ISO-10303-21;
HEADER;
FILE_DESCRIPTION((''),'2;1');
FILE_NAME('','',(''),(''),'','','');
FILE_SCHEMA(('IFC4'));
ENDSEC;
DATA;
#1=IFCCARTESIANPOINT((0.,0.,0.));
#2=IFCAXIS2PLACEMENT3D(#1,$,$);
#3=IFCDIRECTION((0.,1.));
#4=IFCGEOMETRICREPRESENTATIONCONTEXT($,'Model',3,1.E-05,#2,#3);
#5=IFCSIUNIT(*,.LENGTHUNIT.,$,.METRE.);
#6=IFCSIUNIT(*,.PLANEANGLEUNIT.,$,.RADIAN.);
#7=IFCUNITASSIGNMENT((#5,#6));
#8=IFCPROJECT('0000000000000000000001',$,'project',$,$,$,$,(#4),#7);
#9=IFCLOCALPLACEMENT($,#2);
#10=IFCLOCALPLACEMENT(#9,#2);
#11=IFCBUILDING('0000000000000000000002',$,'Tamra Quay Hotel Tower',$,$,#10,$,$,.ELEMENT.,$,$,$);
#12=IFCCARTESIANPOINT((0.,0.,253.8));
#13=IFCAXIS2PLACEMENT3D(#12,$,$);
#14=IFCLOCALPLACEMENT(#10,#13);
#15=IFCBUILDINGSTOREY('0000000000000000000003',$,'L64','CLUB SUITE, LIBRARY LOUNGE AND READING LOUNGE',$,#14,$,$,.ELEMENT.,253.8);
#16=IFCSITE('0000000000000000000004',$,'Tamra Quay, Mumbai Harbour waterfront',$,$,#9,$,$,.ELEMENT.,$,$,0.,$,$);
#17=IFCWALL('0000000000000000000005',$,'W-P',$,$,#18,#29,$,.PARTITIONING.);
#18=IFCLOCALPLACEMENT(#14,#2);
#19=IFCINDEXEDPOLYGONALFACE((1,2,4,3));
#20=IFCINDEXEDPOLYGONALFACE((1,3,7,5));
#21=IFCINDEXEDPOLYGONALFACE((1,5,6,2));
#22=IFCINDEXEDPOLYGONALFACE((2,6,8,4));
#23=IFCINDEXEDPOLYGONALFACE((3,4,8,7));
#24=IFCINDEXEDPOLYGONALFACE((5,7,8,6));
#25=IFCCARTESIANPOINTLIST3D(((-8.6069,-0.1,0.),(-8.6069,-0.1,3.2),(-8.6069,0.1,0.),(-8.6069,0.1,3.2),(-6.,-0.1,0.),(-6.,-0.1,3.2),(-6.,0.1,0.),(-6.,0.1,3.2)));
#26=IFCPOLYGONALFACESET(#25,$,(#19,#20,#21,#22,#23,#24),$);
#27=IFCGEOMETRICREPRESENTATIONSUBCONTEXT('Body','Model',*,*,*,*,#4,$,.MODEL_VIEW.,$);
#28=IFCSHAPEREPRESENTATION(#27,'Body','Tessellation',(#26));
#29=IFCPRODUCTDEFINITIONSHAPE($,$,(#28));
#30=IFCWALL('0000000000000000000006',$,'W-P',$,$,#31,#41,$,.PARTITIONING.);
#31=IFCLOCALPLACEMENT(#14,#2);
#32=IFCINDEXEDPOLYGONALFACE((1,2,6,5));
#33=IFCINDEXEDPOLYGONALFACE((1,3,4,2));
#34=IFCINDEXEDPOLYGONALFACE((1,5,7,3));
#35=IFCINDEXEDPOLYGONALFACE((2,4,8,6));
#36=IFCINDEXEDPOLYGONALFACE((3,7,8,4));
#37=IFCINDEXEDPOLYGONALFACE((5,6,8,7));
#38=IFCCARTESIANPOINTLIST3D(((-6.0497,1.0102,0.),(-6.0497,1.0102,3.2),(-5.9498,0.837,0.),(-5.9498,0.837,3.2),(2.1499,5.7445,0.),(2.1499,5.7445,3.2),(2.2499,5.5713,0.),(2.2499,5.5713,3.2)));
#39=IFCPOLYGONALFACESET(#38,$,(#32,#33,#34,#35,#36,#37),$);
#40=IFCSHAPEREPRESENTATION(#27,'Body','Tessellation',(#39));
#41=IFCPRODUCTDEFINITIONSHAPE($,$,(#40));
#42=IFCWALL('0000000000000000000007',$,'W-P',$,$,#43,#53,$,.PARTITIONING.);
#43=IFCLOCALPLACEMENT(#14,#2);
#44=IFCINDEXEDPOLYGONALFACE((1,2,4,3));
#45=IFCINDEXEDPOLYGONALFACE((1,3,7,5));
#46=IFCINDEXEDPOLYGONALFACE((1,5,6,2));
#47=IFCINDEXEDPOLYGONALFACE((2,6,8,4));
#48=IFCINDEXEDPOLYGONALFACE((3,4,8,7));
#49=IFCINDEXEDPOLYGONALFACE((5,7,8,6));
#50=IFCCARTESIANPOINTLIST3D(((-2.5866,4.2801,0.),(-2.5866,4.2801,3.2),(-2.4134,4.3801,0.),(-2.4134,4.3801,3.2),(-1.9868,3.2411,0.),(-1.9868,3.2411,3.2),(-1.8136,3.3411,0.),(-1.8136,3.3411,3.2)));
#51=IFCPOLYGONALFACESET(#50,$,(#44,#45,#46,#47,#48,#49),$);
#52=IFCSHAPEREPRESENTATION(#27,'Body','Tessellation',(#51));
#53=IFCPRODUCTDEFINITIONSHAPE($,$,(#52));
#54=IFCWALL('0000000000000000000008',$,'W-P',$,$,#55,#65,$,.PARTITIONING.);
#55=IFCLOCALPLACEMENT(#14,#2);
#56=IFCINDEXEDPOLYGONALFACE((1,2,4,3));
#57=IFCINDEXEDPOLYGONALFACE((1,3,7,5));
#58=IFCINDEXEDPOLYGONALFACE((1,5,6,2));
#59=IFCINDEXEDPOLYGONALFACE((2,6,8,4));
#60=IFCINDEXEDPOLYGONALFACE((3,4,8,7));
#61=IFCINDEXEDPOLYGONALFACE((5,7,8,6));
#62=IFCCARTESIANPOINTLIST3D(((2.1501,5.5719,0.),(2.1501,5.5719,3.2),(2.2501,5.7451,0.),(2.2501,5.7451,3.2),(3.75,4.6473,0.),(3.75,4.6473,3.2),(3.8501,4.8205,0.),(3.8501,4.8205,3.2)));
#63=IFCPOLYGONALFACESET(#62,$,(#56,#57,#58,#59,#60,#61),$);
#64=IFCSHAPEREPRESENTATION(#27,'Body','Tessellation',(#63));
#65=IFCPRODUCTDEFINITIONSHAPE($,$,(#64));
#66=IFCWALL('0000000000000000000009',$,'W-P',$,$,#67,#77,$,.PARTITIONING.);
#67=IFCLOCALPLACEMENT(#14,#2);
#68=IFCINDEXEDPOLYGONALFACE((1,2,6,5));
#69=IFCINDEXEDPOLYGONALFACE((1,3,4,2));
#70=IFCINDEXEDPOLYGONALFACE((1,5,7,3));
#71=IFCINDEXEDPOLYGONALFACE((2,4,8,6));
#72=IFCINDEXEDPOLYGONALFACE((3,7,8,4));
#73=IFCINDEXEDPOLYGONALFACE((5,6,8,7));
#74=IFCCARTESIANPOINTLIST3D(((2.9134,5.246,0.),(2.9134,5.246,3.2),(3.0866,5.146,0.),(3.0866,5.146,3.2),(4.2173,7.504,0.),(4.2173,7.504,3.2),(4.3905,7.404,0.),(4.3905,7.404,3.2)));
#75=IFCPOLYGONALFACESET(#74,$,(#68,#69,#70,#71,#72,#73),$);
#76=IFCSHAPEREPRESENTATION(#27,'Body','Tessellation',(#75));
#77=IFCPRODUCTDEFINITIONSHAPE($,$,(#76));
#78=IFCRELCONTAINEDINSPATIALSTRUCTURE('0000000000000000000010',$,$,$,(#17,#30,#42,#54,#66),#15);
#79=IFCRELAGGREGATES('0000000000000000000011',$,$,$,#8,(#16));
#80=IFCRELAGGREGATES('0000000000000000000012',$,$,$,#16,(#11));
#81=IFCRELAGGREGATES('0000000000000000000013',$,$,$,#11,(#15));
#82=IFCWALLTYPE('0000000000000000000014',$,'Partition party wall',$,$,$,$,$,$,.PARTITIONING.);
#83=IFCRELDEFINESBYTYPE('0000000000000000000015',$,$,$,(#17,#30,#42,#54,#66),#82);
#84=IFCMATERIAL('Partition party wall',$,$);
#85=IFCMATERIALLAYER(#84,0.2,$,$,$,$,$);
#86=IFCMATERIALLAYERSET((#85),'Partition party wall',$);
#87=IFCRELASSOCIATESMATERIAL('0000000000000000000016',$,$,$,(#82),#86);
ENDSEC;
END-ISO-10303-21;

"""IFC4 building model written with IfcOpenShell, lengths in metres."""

from ifc_helpers import new_model, si_unit, direction, frame, frame_2d, origin, place, context, subcontext, project, spatial, rectangle, extrude, material, layer, layer_set, type_object, element, save


model = new_model("IFC4")

# Units and contexts
model_context = context("Model", 3, precision=1e-05, world=origin(), true_north=direction((0.0, 1.0)))
body_context = subcontext(model_context, "Body", "Model", "MODEL_VIEW")
ifc_project = project(units=[si_unit("LENGTHUNIT", "METRE"), si_unit("PLANEANGLEUNIT", "RADIAN")], contexts=[model_context])

# Site, building, storey
site_placement = place(None, origin())
site = spatial("IfcSite", under=ifc_project, at=site_placement, Name="Tamra Quay, Mumbai Harbour waterfront", CompositionType="ELEMENT", RefElevation=0.0)
building_placement = place(site_placement, origin())
building = spatial("IfcBuilding", under=site, at=building_placement, Name="Tamra Quay Hotel Tower", CompositionType="ELEMENT")
storey_placement = place(building_placement, frame((0.0, 0.0, 253.8)))
storey = spatial("IfcBuildingStorey", under=building, at=storey_placement, Name="L64", Description="CLUB SUITE, LIBRARY LOUNGE AND READING LOUNGE", CompositionType="ELEMENT", Elevation=253.8)

# Walls
ifc_material_1 = material(Name="Partition party wall")
ifc_layer_1 = layer(ifc_material_1, 0.2)
ifc_layer_set_1 = layer_set([ifc_layer_1], Name="Partition party wall")
wall_type_1 = type_object("IfcWallType", Name="Partition party wall", PredefinedType="PARTITIONING", material=ifc_layer_set_1)
wall_1_placement = place(storey_placement, frame((-8.6069, 0.0, 0.0), z_axis=(0.0, 0.0, 1.0), x_axis=(1.0, 0.0, 0.0)))
element("IfcWall", 1, at=wall_1_placement, inside=storey, type_object=wall_type_1, Name="W-P", PredefinedType="PARTITIONING", context=body_context, shape_type="SweptSolid", body=[
    extrude(rectangle(XDim=2.6069, YDim=0.2, at=frame_2d((1.3035, 0.0))), origin(), (0.0, 0.0, 1.0), 3.2),
])
wall_2_placement = place(storey_placement, frame((-5.9998, 0.9236, 0.0), z_axis=(0.0, 0.0, 1.0), x_axis=(0.866013, 0.500022, 0.0)))
element("IfcWall", 2, at=wall_2_placement, inside=storey, type_object=wall_type_1, Name="W-P", PredefinedType="PARTITIONING", context=body_context, shape_type="SweptSolid", body=[
    extrude(rectangle(XDim=9.4683, YDim=0.2, at=frame_2d((4.7341, 0.0))), origin(), (0.0, 0.0, 1.0), 3.2),
])
wall_3_placement = place(storey_placement, frame((-2.5, 4.3301, 0.0), z_axis=(0.0, 0.0, 1.0), x_axis=(0.499969, -0.866043, 0.0)))
element("IfcWall", 3, at=wall_3_placement, inside=storey, type_object=wall_type_1, Name="W-P", PredefinedType="PARTITIONING", context=body_context, shape_type="SweptSolid", body=[
    extrude(rectangle(XDim=1.1997, YDim=0.2, at=frame_2d((0.5999, 0.0))), origin(), (0.0, 0.0, 1.0), 3.2),
])
wall_4_placement = place(storey_placement, frame((2.2002, 5.6584, 0.0), z_axis=(0.0, 0.0, 1.0), x_axis=(0.865818, -0.500359, 0.0)))
element("IfcWall", 4, at=wall_4_placement, inside=storey, type_object=wall_type_1, Name="W-P", PredefinedType="PARTITIONING", context=body_context, shape_type="SweptSolid", body=[
    extrude(rectangle(XDim=1.8479, YDim=0.2, at=frame_2d((0.9238, 0.0))), origin(), (0.0, 0.0, 1.0), 3.2),
])
wall_5_placement = place(storey_placement, frame((3.0, 5.196, 0.0), z_axis=(0.0, 0.0, 1.0), x_axis=(0.500076, 0.865981, 0.0)))
element("IfcWall", 5, at=wall_5_placement, inside=storey, type_object=wall_type_1, Name="W-P", PredefinedType="PARTITIONING", context=body_context, shape_type="SweptSolid", body=[
    extrude(rectangle(XDim=2.6074, YDim=0.2, at=frame_2d((1.3037, 0.0))), origin(), (0.0, 0.0, 1.0), 3.2),
])

save(model, "model.ifc")
